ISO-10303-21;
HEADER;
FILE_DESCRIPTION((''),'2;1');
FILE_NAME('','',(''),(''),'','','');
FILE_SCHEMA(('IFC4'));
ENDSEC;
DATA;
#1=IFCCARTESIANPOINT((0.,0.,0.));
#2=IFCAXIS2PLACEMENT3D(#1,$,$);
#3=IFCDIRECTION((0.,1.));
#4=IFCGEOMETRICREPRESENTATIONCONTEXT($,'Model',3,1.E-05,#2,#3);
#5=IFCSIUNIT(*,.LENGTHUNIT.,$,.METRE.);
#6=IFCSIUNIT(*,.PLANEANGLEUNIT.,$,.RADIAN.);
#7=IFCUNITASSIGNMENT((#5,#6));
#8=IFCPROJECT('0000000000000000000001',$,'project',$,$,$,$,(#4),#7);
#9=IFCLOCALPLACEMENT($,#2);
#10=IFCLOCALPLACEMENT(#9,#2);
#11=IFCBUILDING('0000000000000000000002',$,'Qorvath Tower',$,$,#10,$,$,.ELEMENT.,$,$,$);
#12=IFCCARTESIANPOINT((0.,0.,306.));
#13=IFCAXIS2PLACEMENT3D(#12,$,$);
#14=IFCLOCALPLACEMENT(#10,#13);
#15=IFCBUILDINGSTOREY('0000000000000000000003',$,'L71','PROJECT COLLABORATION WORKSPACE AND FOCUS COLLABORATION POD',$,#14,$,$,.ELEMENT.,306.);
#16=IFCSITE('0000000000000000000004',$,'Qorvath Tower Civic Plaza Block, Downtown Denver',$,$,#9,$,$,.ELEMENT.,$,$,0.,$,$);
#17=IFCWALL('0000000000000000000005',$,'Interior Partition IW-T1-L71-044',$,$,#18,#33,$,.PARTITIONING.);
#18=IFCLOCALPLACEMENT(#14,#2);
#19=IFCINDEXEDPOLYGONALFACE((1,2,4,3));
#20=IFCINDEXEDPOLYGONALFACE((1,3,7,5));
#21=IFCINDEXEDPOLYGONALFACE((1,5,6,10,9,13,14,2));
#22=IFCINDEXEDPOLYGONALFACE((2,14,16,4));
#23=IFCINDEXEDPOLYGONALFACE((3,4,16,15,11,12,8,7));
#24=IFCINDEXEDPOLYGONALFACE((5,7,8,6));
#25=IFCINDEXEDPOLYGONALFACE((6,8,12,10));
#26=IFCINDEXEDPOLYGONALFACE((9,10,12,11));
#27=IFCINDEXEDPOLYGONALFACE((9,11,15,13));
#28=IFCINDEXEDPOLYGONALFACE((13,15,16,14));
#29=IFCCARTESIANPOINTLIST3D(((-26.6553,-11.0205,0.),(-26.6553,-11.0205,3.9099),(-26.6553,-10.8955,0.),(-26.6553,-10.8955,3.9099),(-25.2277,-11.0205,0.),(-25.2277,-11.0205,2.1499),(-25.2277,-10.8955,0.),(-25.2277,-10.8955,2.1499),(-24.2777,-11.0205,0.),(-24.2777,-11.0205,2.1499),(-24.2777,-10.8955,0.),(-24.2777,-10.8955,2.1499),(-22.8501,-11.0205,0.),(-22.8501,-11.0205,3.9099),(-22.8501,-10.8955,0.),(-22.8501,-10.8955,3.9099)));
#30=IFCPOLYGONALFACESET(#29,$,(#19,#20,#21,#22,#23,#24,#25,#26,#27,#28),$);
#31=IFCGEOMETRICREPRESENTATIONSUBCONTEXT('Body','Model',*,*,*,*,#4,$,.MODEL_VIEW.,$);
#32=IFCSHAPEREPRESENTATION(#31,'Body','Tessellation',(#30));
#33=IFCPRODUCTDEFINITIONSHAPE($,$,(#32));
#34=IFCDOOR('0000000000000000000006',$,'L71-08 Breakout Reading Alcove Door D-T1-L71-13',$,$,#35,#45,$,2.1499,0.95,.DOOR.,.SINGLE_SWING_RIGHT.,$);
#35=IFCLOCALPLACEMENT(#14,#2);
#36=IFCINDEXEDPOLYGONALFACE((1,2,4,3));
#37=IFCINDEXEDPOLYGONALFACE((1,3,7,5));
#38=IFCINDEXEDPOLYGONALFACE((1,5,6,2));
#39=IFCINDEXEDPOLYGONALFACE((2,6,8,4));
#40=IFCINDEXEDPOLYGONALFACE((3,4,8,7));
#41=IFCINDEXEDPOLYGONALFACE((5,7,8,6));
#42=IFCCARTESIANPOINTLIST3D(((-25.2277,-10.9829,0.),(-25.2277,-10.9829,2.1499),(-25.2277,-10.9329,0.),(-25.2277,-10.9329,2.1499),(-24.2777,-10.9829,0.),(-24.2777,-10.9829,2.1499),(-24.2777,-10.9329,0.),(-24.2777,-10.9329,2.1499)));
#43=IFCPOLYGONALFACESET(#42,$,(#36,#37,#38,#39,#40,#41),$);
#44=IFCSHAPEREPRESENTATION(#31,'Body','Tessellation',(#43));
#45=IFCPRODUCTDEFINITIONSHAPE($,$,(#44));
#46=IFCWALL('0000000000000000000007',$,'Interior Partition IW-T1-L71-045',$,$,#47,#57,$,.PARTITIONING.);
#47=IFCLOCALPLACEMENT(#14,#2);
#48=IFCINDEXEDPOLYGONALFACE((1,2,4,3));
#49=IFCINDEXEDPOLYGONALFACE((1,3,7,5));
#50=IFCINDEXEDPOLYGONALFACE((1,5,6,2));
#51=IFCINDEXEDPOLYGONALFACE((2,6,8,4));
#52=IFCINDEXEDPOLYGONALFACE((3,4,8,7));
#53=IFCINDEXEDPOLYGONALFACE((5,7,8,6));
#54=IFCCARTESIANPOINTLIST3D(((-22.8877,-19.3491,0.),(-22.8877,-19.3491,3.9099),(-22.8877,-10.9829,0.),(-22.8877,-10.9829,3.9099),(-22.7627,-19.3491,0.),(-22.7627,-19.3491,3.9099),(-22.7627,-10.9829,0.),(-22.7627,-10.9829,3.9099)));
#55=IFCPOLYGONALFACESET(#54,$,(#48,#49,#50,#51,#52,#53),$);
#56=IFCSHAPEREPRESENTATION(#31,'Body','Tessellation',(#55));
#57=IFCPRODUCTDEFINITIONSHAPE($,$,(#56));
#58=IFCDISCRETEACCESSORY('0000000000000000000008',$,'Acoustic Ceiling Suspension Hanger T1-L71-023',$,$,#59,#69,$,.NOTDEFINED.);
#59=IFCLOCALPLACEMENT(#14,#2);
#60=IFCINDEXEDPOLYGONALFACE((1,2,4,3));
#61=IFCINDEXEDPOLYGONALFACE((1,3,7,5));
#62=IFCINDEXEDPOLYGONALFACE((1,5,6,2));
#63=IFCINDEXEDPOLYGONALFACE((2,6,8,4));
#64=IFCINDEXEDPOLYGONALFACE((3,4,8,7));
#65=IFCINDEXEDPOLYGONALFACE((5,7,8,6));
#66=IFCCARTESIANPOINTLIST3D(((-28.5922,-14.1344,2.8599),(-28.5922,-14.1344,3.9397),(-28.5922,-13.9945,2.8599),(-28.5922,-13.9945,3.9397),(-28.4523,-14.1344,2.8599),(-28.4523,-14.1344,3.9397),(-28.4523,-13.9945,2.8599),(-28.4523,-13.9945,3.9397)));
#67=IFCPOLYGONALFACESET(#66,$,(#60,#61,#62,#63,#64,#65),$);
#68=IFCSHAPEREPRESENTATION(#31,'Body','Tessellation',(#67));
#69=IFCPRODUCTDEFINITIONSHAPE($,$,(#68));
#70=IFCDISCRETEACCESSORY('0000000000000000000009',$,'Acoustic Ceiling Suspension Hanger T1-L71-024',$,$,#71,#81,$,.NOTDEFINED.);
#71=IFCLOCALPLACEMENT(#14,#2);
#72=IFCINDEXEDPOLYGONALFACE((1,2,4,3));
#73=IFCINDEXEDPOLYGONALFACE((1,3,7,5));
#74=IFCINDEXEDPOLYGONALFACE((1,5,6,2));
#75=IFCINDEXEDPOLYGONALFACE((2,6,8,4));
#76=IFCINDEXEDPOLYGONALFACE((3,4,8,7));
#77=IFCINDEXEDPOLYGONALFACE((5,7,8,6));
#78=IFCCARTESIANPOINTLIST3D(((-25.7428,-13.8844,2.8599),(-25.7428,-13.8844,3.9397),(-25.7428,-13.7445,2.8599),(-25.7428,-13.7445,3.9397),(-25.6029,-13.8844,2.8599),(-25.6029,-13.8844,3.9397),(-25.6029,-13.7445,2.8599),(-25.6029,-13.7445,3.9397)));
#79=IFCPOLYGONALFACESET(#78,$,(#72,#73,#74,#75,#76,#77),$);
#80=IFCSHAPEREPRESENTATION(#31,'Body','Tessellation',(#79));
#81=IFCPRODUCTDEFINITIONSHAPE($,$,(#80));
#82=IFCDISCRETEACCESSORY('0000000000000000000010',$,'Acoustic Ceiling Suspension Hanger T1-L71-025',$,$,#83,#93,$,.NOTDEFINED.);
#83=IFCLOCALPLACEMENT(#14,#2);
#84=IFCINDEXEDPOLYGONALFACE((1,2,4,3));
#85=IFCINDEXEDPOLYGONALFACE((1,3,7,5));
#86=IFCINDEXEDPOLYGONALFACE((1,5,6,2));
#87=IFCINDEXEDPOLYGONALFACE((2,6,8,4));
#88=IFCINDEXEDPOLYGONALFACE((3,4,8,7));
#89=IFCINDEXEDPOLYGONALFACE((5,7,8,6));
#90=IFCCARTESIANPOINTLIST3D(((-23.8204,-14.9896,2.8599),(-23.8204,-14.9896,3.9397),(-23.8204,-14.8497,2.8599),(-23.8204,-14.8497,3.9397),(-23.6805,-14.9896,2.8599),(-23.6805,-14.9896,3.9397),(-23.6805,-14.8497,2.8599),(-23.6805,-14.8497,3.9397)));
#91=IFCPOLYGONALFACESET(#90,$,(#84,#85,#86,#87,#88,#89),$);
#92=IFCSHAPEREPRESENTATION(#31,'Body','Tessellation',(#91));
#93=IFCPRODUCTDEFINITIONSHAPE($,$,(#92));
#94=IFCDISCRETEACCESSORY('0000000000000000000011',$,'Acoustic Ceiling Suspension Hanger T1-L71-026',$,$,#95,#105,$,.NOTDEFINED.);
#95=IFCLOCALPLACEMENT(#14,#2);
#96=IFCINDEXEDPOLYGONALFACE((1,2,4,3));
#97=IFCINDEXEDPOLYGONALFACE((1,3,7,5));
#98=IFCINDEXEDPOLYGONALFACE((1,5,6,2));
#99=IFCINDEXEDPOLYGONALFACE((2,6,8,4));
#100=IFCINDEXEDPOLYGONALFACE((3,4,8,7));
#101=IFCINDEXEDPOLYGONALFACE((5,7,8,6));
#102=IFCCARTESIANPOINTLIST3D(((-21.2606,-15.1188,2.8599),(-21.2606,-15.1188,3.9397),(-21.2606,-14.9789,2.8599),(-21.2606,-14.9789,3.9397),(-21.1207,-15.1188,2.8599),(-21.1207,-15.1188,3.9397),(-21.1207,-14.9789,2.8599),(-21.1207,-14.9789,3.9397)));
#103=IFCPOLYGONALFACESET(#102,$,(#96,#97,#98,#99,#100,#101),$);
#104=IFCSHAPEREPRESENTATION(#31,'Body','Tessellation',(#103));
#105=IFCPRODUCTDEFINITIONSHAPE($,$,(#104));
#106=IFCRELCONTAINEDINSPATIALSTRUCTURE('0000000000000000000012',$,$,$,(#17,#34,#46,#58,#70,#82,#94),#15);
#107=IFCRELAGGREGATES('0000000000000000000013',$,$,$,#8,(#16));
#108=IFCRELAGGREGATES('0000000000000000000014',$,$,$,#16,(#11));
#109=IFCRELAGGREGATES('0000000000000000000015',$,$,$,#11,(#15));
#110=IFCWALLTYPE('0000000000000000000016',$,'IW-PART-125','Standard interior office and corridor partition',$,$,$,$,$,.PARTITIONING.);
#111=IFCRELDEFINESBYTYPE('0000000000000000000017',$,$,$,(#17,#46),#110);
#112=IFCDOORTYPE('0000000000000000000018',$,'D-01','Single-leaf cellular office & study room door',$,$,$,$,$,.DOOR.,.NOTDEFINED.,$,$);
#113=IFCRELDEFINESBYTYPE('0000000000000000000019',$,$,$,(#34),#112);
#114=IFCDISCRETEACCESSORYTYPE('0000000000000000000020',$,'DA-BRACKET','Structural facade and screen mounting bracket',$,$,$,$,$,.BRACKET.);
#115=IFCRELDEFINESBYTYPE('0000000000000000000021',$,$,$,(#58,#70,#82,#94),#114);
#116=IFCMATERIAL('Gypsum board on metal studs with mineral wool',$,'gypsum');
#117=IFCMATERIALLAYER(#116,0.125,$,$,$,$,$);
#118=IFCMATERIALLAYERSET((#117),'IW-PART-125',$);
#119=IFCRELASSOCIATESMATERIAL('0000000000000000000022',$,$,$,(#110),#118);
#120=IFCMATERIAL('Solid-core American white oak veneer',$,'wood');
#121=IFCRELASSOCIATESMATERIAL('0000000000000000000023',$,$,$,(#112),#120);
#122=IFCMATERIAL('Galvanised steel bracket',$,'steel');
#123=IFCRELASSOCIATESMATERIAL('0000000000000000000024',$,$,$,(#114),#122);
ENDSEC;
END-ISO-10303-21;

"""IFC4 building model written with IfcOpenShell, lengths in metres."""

from ifc_helpers import new_model, si_unit, direction, frame, frame_2d, origin, origin_2d, place, context, subcontext, project, spatial, rectangle, extrude, material, layer, layer_set, type_object, element, fill, save


model = new_model("IFC4")

# Units and contexts
model_context = context("Model", 3, precision=1e-05, world=origin(), true_north=direction((0.0, 1.0)))
body_context = subcontext(model_context, "Body", "Model", "MODEL_VIEW")
ifc_project = project(units=[si_unit("LENGTHUNIT", "METRE"), si_unit("PLANEANGLEUNIT", "RADIAN")], contexts=[model_context])

# Site, building, storey
site_placement = place(None, origin())
site = spatial("IfcSite", under=ifc_project, at=site_placement, Name="Qorvath Tower Civic Plaza Block, Downtown Denver", CompositionType="ELEMENT", RefElevation=0.0)
building_placement = place(site_placement, origin())
building = spatial("IfcBuilding", under=site, at=building_placement, Name="Qorvath Tower", CompositionType="ELEMENT")
storey_placement = place(building_placement, frame((0.0, 0.0, 306.0)))
storey = spatial("IfcBuildingStorey", under=building, at=storey_placement, Name="L71", Description="PROJECT COLLABORATION WORKSPACE AND FOCUS COLLABORATION POD", CompositionType="ELEMENT", Elevation=306.0)

# Shared definitions
ifc_material_1 = material(Name="Gypsum board on metal studs with mineral wool", Category="gypsum")
ifc_layer_1 = layer(ifc_material_1, 0.125)
ifc_layer_set_1 = layer_set([ifc_layer_1], Name="IW-PART-125")
wall_type = type_object("IfcWallType", Name="IW-PART-125", Description="Standard interior office and corridor partition", PredefinedType="PARTITIONING", material=ifc_layer_set_1)

# Wall, opening, door
ifc_material_2 = material(Name="Solid-core American white oak veneer", Category="wood")
door_type = type_object("IfcDoorType", Name="D-01", Description="Single-leaf cellular office & study room door", OperationType="NOTDEFINED", PredefinedType="DOOR", material=ifc_material_2)
wall_1_placement = place(storey_placement, frame((-22.8501, -10.958, 0.0), z_axis=(0.0, 0.0, 1.0), x_axis=(-1.0, 0.0, 0.0)))
wall_1 = element("IfcWall", 1, at=wall_1_placement, inside=storey, type_object=wall_type, Name="Interior Partition IW-T1-L71-044", PredefinedType="PARTITIONING", context=body_context, shape_type="SweptSolid", body=[
    extrude(rectangle(XDim=3.8052, YDim=0.125, at=frame_2d((1.9026, 0.0))), origin(), (0.0, 0.0, 1.0), 3.9099),
])
opening_1_placement = place(wall_1_placement, frame((1.4275, 0.0, 0.0)))
opening_1 = element("IfcOpeningElement", 2, at=opening_1_placement, cuts=wall_1, PredefinedType="OPENING", context=body_context, shape_type="SweptSolid", body=[
    extrude(rectangle(XDim=0.95, YDim=2.1499, at=frame_2d((0.4751, 1.075))), frame((0.0, 0.0725, 0.0), z_axis=(0.0, -1.0, 0.0), x_axis=(1.0, 0.0, 0.0)), (0.0, 0.0, 1.0), 0.145),
])
door_1_placement = place(opening_1_placement, origin())
door_1 = element("IfcDoor", 3, at=door_1_placement, inside=storey, type_object=door_type, Name="L71-08 Breakout Reading Alcove Door D-T1-L71-13", OperationType="SINGLE_SWING_RIGHT", OverallHeight=2.1499, OverallWidth=0.95, PredefinedType="DOOR", context=body_context, shape_type="SweptSolid", body=[
    extrude(rectangle(XDim=0.95, YDim=2.1499, at=frame_2d((0.4751, 1.075))), frame((0.0, 0.0249, 0.0), z_axis=(0.0, -1.0, 0.0), x_axis=(1.0, 0.0, 0.0)), (0.0, 0.0, 1.0), 0.05),
])
fill(opening_1, door_1)

# Wall
wall_2_placement = place(storey_placement, frame((-22.8252, -19.3491, 0.0), z_axis=(0.0, 0.0, 1.0), x_axis=(0.0, 1.0, 0.0)))
element("IfcWall", 4, at=wall_2_placement, inside=storey, type_object=wall_type, Name="Interior Partition IW-T1-L71-045", PredefinedType="PARTITIONING", context=body_context, shape_type="SweptSolid", body=[
    extrude(rectangle(XDim=8.3662, YDim=0.125, at=frame_2d((4.1831, 0.0))), origin(), (0.0, 0.0, 1.0), 3.9099),
])

# Discrete accessories
ifc_material_3 = material(Name="Galvanised steel bracket", Category="steel")
discrete_accessory_type = type_object("IfcDiscreteAccessoryType", Name="DA-BRACKET", Description="Structural facade and screen mounting bracket", PredefinedType="BRACKET", material=ifc_material_3)
for number, where, z_axis, x_axis, name in (
    (5, (-28.5222, -14.0645, 2.8599), (0.0, 0.0, 1.0), (1.0, 0.0, 0.0), "Acoustic Ceiling Suspension Hanger T1-L71-023"),
    (6, (-25.6729, -13.8145, 2.8599), (0.0, 0.0, 1.0), (1.0, 0.0, 0.0), "Acoustic Ceiling Suspension Hanger T1-L71-024"),
    (7, (-23.7505, -14.9197, 2.8599), (0.0, 0.0, 1.0), (1.0, 0.0, 0.0), "Acoustic Ceiling Suspension Hanger T1-L71-025"),
    (8, (-21.1907, -15.0488, 2.8599), (0.0, 0.0, 1.0), (1.0, 0.0, 0.0), "Acoustic Ceiling Suspension Hanger T1-L71-026"),
):
    element("IfcDiscreteAccessory", number, at=place(storey_placement, frame(where, z_axis=z_axis, x_axis=x_axis)), inside=storey, type_object=discrete_accessory_type, Name=name, PredefinedType="NOTDEFINED", context=body_context, shape_type="SweptSolid", body=[
        extrude(rectangle(XDim=0.1399, YDim=0.1399, at=origin_2d()), origin(), (0.0, 0.0, 1.0), 1.0798),
    ])

save(model, "model.ifc")
